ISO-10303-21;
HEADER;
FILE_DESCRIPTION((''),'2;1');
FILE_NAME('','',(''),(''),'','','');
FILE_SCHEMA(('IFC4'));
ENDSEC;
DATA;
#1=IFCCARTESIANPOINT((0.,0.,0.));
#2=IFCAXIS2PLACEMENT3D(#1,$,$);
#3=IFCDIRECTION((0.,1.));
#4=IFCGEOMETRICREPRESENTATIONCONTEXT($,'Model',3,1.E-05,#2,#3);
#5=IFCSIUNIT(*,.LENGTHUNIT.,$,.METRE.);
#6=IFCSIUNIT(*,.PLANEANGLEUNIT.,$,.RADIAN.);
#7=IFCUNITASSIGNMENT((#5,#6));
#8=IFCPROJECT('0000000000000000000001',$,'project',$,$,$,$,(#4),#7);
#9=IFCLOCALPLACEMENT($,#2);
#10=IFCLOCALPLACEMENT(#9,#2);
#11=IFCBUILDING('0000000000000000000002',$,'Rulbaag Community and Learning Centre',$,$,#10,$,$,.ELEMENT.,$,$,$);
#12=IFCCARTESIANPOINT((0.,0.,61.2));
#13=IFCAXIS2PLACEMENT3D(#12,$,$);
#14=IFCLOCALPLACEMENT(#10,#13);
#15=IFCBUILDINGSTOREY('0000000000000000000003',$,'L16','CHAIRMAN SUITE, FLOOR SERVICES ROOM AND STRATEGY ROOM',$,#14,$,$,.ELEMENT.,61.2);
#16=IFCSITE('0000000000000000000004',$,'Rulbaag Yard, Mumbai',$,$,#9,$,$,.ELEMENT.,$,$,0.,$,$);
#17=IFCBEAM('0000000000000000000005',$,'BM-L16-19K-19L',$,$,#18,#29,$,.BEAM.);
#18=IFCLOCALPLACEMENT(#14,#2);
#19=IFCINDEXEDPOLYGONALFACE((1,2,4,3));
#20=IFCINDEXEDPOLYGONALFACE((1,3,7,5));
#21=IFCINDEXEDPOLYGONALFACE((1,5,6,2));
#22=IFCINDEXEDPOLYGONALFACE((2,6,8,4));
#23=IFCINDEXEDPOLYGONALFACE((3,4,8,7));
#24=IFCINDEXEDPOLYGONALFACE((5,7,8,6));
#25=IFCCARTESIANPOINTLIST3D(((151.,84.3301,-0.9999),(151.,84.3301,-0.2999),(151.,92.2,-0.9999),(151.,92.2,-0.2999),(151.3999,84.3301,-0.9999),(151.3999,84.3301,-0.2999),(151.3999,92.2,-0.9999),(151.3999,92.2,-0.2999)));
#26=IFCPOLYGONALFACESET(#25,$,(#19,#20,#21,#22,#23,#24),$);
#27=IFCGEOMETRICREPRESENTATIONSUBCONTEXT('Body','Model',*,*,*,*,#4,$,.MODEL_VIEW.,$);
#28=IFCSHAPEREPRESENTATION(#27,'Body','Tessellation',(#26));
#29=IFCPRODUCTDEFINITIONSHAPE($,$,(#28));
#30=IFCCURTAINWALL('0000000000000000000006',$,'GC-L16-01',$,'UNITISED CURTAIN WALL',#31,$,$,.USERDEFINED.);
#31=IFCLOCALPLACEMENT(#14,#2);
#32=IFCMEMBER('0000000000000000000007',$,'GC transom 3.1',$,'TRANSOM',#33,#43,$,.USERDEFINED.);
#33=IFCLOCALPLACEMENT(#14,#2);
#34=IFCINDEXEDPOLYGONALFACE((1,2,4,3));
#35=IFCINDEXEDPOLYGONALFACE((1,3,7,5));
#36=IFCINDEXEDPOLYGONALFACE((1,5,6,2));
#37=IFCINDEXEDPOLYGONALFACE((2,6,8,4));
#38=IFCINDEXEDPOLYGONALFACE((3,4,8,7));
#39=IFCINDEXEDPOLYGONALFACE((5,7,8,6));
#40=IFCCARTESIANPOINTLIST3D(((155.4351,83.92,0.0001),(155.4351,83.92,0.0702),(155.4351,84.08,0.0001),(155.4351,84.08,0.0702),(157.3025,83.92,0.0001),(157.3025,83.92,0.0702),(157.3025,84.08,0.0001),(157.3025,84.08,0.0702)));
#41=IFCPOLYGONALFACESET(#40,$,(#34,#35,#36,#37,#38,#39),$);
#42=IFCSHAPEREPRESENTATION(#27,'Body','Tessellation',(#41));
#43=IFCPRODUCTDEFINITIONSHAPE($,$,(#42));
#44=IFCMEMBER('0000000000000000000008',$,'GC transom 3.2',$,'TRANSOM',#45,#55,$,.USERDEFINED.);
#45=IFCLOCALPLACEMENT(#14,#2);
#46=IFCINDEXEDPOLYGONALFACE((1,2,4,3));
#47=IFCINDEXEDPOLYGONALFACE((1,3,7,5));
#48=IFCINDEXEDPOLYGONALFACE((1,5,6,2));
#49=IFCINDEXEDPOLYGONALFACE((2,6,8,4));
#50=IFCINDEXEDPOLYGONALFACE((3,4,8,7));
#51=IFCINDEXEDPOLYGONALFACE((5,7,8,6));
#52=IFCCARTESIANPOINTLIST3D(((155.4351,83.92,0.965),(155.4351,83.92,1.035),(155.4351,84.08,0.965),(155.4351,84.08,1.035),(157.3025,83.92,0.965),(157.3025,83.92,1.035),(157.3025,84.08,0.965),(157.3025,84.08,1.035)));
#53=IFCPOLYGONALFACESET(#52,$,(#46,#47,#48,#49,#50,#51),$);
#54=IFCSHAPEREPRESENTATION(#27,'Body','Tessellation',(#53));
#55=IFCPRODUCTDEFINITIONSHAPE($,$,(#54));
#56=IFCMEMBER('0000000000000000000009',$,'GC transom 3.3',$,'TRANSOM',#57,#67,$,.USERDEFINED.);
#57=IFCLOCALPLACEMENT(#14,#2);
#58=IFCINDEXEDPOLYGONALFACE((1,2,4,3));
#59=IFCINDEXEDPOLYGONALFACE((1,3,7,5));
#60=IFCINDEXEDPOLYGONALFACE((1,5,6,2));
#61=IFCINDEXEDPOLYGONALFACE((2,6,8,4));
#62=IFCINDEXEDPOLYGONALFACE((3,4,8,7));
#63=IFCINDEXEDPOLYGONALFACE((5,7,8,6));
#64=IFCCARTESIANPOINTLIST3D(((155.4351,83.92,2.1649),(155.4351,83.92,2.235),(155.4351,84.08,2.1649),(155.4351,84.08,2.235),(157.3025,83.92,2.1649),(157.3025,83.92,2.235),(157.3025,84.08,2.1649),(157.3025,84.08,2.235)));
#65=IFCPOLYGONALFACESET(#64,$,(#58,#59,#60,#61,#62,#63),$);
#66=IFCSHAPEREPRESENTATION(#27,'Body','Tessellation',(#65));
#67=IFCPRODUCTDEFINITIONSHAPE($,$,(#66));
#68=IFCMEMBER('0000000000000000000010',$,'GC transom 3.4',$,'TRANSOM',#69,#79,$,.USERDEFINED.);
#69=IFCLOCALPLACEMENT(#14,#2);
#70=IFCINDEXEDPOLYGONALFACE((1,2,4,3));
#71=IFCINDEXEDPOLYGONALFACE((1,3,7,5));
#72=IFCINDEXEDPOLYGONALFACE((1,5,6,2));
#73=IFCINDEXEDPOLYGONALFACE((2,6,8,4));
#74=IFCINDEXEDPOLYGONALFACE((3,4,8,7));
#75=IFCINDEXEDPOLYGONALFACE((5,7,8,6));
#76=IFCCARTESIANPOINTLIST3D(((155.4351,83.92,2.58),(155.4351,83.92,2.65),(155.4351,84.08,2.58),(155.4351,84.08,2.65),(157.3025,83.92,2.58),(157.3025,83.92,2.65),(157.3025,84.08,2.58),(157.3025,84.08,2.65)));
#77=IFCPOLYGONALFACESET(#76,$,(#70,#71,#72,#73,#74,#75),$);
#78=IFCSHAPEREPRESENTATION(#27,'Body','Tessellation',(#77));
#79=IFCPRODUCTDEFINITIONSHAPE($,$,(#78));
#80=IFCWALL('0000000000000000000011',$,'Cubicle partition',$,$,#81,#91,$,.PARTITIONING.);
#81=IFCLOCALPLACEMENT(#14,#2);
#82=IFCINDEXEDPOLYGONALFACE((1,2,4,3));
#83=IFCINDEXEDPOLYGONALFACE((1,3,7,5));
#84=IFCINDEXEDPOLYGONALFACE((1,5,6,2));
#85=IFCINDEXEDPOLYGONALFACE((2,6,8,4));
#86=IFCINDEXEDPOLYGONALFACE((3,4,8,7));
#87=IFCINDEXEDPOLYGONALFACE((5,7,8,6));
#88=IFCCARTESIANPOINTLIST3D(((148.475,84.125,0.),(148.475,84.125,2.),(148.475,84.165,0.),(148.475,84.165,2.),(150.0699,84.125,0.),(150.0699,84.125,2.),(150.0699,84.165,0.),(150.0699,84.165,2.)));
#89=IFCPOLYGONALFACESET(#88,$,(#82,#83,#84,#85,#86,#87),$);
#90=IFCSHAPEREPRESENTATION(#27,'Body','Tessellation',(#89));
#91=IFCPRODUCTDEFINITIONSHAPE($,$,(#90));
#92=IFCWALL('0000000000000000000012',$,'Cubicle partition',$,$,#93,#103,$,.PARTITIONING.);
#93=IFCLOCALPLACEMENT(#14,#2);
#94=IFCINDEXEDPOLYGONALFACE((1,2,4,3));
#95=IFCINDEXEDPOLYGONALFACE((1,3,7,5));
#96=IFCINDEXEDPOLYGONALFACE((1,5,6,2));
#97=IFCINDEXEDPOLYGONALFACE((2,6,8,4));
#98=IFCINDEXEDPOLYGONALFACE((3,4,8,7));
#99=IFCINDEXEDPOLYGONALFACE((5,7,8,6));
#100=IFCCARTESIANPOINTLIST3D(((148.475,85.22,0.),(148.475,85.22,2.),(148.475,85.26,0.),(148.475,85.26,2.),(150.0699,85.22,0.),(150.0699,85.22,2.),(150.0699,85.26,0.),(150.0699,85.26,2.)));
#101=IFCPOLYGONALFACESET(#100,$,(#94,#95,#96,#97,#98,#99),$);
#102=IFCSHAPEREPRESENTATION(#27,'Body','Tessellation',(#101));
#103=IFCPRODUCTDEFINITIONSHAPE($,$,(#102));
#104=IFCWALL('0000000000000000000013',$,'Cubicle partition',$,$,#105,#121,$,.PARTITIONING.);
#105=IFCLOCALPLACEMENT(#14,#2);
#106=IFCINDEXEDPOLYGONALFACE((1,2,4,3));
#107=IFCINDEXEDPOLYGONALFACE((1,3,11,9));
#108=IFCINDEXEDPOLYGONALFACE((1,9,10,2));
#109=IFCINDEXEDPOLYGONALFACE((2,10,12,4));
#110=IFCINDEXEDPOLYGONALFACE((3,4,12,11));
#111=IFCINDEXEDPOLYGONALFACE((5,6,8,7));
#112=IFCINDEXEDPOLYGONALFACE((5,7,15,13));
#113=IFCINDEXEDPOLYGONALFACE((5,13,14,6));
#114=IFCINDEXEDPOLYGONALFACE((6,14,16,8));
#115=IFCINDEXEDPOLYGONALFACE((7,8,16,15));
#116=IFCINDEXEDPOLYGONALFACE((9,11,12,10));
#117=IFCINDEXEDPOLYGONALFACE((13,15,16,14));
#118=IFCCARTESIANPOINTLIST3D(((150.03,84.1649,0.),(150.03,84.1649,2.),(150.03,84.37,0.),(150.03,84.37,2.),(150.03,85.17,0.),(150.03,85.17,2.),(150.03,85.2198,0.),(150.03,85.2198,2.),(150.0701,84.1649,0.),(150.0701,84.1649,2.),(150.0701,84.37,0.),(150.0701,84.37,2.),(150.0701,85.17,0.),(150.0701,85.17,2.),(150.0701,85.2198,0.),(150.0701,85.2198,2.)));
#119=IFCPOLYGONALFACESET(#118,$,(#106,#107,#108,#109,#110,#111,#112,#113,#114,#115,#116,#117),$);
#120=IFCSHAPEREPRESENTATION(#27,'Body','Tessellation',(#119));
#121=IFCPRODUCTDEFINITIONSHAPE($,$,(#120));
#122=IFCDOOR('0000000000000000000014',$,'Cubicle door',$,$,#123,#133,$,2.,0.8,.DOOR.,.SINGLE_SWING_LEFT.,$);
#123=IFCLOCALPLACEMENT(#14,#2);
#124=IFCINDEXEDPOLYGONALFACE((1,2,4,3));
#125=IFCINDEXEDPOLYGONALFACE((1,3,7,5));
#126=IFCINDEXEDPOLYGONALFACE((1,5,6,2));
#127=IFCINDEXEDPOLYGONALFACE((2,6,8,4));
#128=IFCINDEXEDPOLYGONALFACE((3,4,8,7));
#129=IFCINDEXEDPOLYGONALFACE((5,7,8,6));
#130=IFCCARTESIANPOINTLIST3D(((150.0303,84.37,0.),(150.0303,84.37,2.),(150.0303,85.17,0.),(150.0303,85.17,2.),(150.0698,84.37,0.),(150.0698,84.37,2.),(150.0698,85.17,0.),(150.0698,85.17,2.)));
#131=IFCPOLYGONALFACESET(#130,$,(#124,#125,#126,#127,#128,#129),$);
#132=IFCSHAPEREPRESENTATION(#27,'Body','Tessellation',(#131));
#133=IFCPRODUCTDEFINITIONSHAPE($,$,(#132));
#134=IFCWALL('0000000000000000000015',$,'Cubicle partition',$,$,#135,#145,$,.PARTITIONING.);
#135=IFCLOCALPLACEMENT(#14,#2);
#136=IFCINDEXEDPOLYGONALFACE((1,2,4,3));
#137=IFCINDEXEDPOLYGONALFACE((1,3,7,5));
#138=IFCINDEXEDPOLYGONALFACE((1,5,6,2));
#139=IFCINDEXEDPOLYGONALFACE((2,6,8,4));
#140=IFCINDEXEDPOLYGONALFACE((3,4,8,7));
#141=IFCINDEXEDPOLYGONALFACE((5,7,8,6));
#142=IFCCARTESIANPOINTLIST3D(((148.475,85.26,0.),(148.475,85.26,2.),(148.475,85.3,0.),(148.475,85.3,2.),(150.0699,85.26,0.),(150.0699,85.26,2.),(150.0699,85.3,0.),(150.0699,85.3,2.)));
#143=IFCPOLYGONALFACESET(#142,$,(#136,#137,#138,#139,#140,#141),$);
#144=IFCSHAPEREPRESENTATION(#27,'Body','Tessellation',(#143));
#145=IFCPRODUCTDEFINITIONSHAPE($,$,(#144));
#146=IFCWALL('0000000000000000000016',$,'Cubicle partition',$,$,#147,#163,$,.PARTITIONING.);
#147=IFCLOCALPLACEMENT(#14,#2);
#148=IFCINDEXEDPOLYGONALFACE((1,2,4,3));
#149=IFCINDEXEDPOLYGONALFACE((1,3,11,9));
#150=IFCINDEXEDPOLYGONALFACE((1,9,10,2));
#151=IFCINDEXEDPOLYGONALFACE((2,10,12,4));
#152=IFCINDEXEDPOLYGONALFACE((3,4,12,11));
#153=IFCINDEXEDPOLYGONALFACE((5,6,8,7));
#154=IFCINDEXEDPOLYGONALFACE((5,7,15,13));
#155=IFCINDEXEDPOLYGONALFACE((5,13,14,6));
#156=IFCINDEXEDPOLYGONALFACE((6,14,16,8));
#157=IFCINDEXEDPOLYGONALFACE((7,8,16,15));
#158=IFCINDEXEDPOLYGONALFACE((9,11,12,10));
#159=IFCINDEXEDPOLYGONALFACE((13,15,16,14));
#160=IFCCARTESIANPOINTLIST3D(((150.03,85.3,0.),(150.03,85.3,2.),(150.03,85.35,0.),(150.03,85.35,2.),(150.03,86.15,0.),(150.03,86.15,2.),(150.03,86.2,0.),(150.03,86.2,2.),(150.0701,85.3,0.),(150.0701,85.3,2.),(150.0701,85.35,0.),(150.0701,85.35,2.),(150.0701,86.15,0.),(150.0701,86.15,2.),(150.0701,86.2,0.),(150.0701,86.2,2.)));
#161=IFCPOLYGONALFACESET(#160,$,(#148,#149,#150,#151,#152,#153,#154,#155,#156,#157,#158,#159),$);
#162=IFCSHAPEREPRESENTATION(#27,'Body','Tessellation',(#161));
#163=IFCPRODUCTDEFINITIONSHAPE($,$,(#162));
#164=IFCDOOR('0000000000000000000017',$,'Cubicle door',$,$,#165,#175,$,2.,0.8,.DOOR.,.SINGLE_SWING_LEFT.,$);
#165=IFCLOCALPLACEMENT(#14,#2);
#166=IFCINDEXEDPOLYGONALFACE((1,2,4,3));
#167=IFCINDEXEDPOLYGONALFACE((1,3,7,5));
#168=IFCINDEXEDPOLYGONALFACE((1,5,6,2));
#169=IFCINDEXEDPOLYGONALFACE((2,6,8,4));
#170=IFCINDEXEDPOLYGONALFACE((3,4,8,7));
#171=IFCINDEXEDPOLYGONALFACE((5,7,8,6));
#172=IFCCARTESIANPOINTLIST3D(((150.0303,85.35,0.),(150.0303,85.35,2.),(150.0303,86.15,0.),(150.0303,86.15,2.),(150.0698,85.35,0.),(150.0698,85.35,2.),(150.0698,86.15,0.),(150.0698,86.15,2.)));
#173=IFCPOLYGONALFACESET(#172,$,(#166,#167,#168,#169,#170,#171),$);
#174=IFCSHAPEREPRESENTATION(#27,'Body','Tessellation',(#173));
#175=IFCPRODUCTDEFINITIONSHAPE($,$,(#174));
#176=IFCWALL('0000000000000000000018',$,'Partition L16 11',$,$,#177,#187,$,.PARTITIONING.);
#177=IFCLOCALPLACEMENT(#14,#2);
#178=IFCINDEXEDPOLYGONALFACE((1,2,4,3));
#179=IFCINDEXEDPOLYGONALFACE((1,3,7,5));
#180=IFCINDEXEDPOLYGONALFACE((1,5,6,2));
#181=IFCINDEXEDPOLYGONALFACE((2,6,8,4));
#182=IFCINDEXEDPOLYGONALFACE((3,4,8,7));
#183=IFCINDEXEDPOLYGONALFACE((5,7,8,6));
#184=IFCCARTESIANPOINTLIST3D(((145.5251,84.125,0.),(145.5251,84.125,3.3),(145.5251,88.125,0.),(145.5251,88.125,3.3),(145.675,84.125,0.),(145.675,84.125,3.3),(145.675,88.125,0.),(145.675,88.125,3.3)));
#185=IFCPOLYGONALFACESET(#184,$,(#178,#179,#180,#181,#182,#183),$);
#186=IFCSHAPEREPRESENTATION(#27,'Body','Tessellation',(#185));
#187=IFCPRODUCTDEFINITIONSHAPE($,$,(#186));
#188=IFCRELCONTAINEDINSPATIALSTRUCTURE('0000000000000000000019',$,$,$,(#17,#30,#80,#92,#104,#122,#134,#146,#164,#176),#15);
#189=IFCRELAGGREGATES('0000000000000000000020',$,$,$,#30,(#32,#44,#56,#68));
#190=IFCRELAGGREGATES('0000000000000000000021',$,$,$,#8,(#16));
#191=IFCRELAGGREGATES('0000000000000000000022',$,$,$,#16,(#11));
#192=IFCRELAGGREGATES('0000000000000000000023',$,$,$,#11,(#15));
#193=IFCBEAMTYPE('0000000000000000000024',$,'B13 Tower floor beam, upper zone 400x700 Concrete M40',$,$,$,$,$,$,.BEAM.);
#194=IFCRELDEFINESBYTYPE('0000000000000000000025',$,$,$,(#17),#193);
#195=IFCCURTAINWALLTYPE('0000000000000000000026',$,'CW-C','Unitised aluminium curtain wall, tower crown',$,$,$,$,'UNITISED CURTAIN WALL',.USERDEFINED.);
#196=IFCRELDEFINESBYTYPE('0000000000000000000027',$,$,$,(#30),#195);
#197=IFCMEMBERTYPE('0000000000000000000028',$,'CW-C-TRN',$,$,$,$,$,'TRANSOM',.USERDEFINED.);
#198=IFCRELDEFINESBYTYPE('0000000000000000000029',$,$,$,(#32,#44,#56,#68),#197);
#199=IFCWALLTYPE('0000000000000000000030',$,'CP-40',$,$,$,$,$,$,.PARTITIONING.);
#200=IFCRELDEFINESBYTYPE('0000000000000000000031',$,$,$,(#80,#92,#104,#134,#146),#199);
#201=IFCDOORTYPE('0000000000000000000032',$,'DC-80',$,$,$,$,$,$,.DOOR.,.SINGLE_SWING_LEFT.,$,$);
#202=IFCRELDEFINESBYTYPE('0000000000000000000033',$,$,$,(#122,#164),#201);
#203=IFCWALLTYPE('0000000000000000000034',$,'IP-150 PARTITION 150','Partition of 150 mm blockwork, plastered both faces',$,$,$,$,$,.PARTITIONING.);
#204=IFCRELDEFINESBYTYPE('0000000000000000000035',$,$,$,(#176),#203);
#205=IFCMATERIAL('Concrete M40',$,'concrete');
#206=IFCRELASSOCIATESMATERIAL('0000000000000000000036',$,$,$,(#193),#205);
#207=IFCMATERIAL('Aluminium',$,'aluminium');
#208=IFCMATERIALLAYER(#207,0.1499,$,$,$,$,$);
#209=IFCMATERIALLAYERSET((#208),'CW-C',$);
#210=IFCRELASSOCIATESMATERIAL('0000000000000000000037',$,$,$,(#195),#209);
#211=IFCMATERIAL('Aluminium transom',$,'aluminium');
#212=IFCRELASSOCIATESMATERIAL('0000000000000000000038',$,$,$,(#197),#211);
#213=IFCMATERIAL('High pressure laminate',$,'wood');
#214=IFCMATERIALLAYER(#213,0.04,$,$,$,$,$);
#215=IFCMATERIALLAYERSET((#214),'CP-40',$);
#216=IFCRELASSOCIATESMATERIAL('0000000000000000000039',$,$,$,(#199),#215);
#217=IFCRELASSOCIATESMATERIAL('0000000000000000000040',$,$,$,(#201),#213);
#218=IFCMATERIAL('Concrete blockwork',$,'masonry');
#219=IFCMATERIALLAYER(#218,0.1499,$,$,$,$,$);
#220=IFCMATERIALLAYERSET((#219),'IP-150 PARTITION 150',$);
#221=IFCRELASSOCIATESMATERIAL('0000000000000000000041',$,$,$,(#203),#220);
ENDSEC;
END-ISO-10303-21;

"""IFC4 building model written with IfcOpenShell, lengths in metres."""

from ifc_helpers import new_model, si_unit, direction, frame, frame_2d, origin, origin_2d, place, context, subcontext, project, spatial, rectangle, extrude, material, layer, layer_set, material_profile, profile_set, type_object, element, fill, aggregate, save


model = new_model("IFC4")

# Units and contexts
model_context = context("Model", 3, precision=1e-05, world=origin(), true_north=direction((0.0, 1.0)))
body_context = subcontext(model_context, "Body", "Model", "MODEL_VIEW")
ifc_project = project(units=[si_unit("LENGTHUNIT", "METRE"), si_unit("PLANEANGLEUNIT", "RADIAN")], contexts=[model_context])

# Site, building, storey
site_placement = place(None, origin())
site = spatial("IfcSite", under=ifc_project, at=site_placement, Name="Rulbaag Yard, Mumbai", CompositionType="ELEMENT", RefElevation=0.0)
building_placement = place(site_placement, origin())
building = spatial("IfcBuilding", under=site, at=building_placement, Name="Rulbaag Community and Learning Centre", CompositionType="ELEMENT")
storey_placement = place(building_placement, frame((0.0, 0.0, 61.2)))
storey = spatial("IfcBuildingStorey", under=building, at=storey_placement, Name="L16", Description="CHAIRMAN SUITE, FLOOR SERVICES ROOM AND STRATEGY ROOM", CompositionType="ELEMENT", Elevation=61.2)

# Beam
ifc_material_1 = material(Name="Concrete M40", Category="concrete")
ifc_material_profile_1 = material_profile(ifc_material_1, rectangle(XDim=0.3999, YDim=0.7, at=origin_2d()), Name="RB400x700")
ifc_profile_set_1 = profile_set([ifc_material_profile_1], Name="Concrete M40")
beam_type = type_object("IfcBeamType", Name="B13 Tower floor beam, upper zone 400x700 Concrete M40", PredefinedType="BEAM", material=ifc_profile_set_1)
beam_placement = place(storey_placement, frame((151.2, 84.3301, -0.6499), z_axis=(0.0, 1.0, 0.0), x_axis=(-1.0, 0.0, 0.0)))
element("IfcBeam", 1, at=beam_placement, inside=storey, type_object=beam_type, Name="BM-L16-19K-19L", PredefinedType="BEAM", context=body_context, shape_type="SweptSolid", body=[
    extrude(rectangle(XDim=0.3999, YDim=0.7, at=origin_2d()), origin(), (0.0, 0.0, 1.0), 7.8699),
])

# Curtain wall, members
ifc_material_2 = material(Name="Aluminium", Category="aluminium")
ifc_layer_1 = layer(ifc_material_2, 0.1499)
ifc_layer_set_1 = layer_set([ifc_layer_1], Name="CW-C")
curtain_wall_type = type_object("IfcCurtainWallType", Name="CW-C", Description="Unitised aluminium curtain wall, tower crown", ElementType="UNITISED CURTAIN WALL", PredefinedType="USERDEFINED", material=ifc_layer_set_1)
curtain_wall_placement = place(storey_placement, origin())
curtain_wall = element("IfcCurtainWall", 2, at=curtain_wall_placement, inside=storey, type_object=curtain_wall_type, Name="GC-L16-01", ObjectType="UNITISED CURTAIN WALL", PredefinedType="USERDEFINED")
ifc_material_3 = material(Name="Aluminium transom", Category="aluminium")
ifc_material_profile_2 = material_profile(ifc_material_3, rectangle(XDim=0.1599, YDim=0.0701, at=origin_2d()), Name="AL 70x160 T")
ifc_profile_set_2 = profile_set([ifc_material_profile_2], Name="Aluminium transom")
member_type = type_object("IfcMemberType", Name="CW-C-TRN", ElementType="TRANSOM", PredefinedType="USERDEFINED", material=ifc_profile_set_2)
member_1_placement = place(storey_placement, frame((155.4351, 84.0, 0.0352), z_axis=(1.0, 0.0, 0.0), x_axis=(0.0, 1.0, 0.0)))
member_1 = element("IfcMember", 3, at=member_1_placement, type_object=member_type, Name="GC transom 3.1", ObjectType="TRANSOM", PredefinedType="USERDEFINED", context=body_context, shape_type="SweptSolid", body=[
    extrude(rectangle(XDim=0.1599, YDim=0.0701, at=origin_2d()), origin(), (0.0, 0.0, 1.0), 1.8674),
])
member_2_placement = place(storey_placement, frame((155.4351, 84.0, 1.0), z_axis=(1.0, 0.0, 0.0), x_axis=(0.0, 1.0, 0.0)))
member_2 = element("IfcMember", 4, at=member_2_placement, type_object=member_type, Name="GC transom 3.2", ObjectType="TRANSOM", PredefinedType="USERDEFINED", context=body_context, shape_type="SweptSolid", body=[
    extrude(rectangle(XDim=0.1599, YDim=0.0701, at=origin_2d()), origin(), (0.0, 0.0, 1.0), 1.8674),
])
member_3_placement = place(storey_placement, frame((155.4351, 84.0, 2.2), z_axis=(1.0, 0.0, 0.0), x_axis=(0.0, 1.0, 0.0)))
member_3 = element("IfcMember", 5, at=member_3_placement, type_object=member_type, Name="GC transom 3.3", ObjectType="TRANSOM", PredefinedType="USERDEFINED", context=body_context, shape_type="SweptSolid", body=[
    extrude(rectangle(XDim=0.1599, YDim=0.0701, at=origin_2d()), origin(), (0.0, 0.0, 1.0), 1.8674),
])
member_4_placement = place(storey_placement, frame((155.4351, 84.0, 2.615), z_axis=(1.0, 0.0, 0.0), x_axis=(0.0, 1.0, 0.0)))
member_4 = element("IfcMember", 6, at=member_4_placement, type_object=member_type, Name="GC transom 3.4", ObjectType="TRANSOM", PredefinedType="USERDEFINED", context=body_context, shape_type="SweptSolid", body=[
    extrude(rectangle(XDim=0.1599, YDim=0.0701, at=origin_2d()), origin(), (0.0, 0.0, 1.0), 1.8674),
])
aggregate(curtain_wall, [member_1, member_2, member_3, member_4])

# Walls
ifc_material_4 = material(Name="High pressure laminate", Category="wood")
ifc_layer_2 = layer(ifc_material_4, 0.04)
ifc_layer_set_2 = layer_set([ifc_layer_2], Name="CP-40")
wall_type_1 = type_object("IfcWallType", Name="CP-40", PredefinedType="PARTITIONING", material=ifc_layer_set_2)
for number, where, z_axis, x_axis, name in (
    (7, (148.4751, 84.145, 0.0), (0.0, 0.0, 1.0), (1.0, 0.0, 0.0), "Cubicle partition"),
    (8, (148.4751, 85.24, 0.0), (0.0, 0.0, 1.0), (1.0, 0.0, 0.0), "Cubicle partition"),
):
    element("IfcWall", number, at=place(storey_placement, frame(where, z_axis=z_axis, x_axis=x_axis)), inside=storey, type_object=wall_type_1, Name=name, PredefinedType="PARTITIONING", context=body_context, shape_type="SweptSolid", body=[
        extrude(rectangle(XDim=1.595, YDim=0.04, at=frame_2d((0.7974, 0.0))), origin(), (0.0, 0.0, 1.0), 2.0),
    ])

# Wall, opening, door
wall_1_placement = place(storey_placement, frame((150.05, 84.165, 0.0), z_axis=(0.0, 0.0, 1.0), x_axis=(0.0, 1.0, 0.0)))
wall_1 = element("IfcWall", 9, at=wall_1_placement, inside=storey, type_object=wall_type_1, Name="Cubicle partition", PredefinedType="PARTITIONING", context=body_context, shape_type="SweptSolid", body=[
    extrude(rectangle(XDim=1.0549, YDim=0.04, at=frame_2d((0.5273, 0.0))), origin(), (0.0, 0.0, 1.0), 2.0),
])
opening_1_placement = place(wall_1_placement, frame((0.2051, 0.0, 0.0)))
opening_1 = element("IfcOpeningElement", 10, at=opening_1_placement, cuts=wall_1, PredefinedType="OPENING", context=body_context, shape_type="SweptSolid", body=[
    extrude(rectangle(XDim=0.8, YDim=2.0, at=frame_2d((0.3999, 1.0))), frame((0.0, 0.03, 0.0), z_axis=(0.0, -1.0, 0.0), x_axis=(1.0, 0.0, 0.0)), (0.0, 0.0, 1.0), 0.0601),
])
door_type = type_object("IfcDoorType", Name="DC-80", OperationType="SINGLE_SWING_LEFT", PredefinedType="DOOR", material=ifc_material_4)
door_1_placement = place(opening_1_placement, origin())
door_1 = element("IfcDoor", 11, at=door_1_placement, inside=storey, type_object=door_type, Name="Cubicle door", OperationType="SINGLE_SWING_LEFT", OverallHeight=2.0, OverallWidth=0.8, PredefinedType="DOOR", context=body_context, shape_type="SweptSolid", body=[
    extrude(rectangle(XDim=0.8, YDim=2.0, at=frame_2d((0.3999, 1.0))), frame((0.0, 0.0198, 0.0), z_axis=(0.0, -1.0, 0.0), x_axis=(1.0, 0.0, 0.0)), (0.0, 0.0, 1.0), 0.0396),
])
fill(opening_1, door_1)

# Wall
wall_2_placement = place(storey_placement, frame((148.4751, 85.28, 0.0), z_axis=(0.0, 0.0, 1.0), x_axis=(1.0, 0.0, 0.0)))
element("IfcWall", 12, at=wall_2_placement, inside=storey, type_object=wall_type_1, Name="Cubicle partition", PredefinedType="PARTITIONING", context=body_context, shape_type="SweptSolid", body=[
    extrude(rectangle(XDim=1.595, YDim=0.04, at=frame_2d((0.7974, 0.0))), origin(), (0.0, 0.0, 1.0), 2.0),
])

# Wall, opening, door
wall_3_placement = place(storey_placement, frame((150.05, 85.3, 0.0), z_axis=(0.0, 0.0, 1.0), x_axis=(0.0, 1.0, 0.0)))
wall_3 = element("IfcWall", 13, at=wall_3_placement, inside=storey, type_object=wall_type_1, Name="Cubicle partition", PredefinedType="PARTITIONING", context=body_context, shape_type="SweptSolid", body=[
    extrude(rectangle(XDim=0.8999, YDim=0.04, at=frame_2d((0.45, 0.0))), origin(), (0.0, 0.0, 1.0), 2.0),
])
opening_2_placement = place(wall_3_placement, frame((0.05, 0.0, 0.0)))
opening_2 = element("IfcOpeningElement", 14, at=opening_2_placement, cuts=wall_3, PredefinedType="OPENING", context=body_context, shape_type="SweptSolid", body=[
    extrude(rectangle(XDim=0.8, YDim=2.0, at=frame_2d((0.3999, 1.0))), frame((0.0, 0.03, 0.0), z_axis=(0.0, -1.0, 0.0), x_axis=(1.0, 0.0, 0.0)), (0.0, 0.0, 1.0), 0.0601),
])
door_2_placement = place(opening_2_placement, origin())
door_2 = element("IfcDoor", 15, at=door_2_placement, inside=storey, type_object=door_type, Name="Cubicle door", OperationType="SINGLE_SWING_LEFT", OverallHeight=2.0, OverallWidth=0.8, PredefinedType="DOOR", context=body_context, shape_type="SweptSolid", body=[
    extrude(rectangle(XDim=0.8, YDim=2.0, at=frame_2d((0.3999, 1.0))), frame((0.0, 0.0198, 0.0), z_axis=(0.0, -1.0, 0.0), x_axis=(1.0, 0.0, 0.0)), (0.0, 0.0, 1.0), 0.0396),
])
fill(opening_2, door_2)

# Wall
ifc_material_5 = material(Name="Concrete blockwork", Category="masonry")
ifc_layer_3 = layer(ifc_material_5, 0.1499)
ifc_layer_set_3 = layer_set([ifc_layer_3], Name="IP-150 PARTITION 150")
wall_type_2 = type_object("IfcWallType", Name="IP-150 PARTITION 150", Description="Partition of 150 mm blockwork, plastered both faces", PredefinedType="PARTITIONING", material=ifc_layer_set_3)
for number, where, z_axis, x_axis, name in (
    (16, (145.6001, 84.125, 0.0), (0.0, 0.0, 1.0), (0.0, 1.0, 0.0), "Partition L16 11"),
):
    element("IfcWall", number, at=place(storey_placement, frame(where, z_axis=z_axis, x_axis=x_axis)), inside=storey, type_object=wall_type_2, Name=name, PredefinedType="PARTITIONING", context=body_context, shape_type="SweptSolid", body=[
        extrude(rectangle(XDim=4.0, YDim=0.1499, at=frame_2d((2.0, 0.0))), origin(), (0.0, 0.0, 1.0), 3.3),
    ])

save(model, "model.ifc")
